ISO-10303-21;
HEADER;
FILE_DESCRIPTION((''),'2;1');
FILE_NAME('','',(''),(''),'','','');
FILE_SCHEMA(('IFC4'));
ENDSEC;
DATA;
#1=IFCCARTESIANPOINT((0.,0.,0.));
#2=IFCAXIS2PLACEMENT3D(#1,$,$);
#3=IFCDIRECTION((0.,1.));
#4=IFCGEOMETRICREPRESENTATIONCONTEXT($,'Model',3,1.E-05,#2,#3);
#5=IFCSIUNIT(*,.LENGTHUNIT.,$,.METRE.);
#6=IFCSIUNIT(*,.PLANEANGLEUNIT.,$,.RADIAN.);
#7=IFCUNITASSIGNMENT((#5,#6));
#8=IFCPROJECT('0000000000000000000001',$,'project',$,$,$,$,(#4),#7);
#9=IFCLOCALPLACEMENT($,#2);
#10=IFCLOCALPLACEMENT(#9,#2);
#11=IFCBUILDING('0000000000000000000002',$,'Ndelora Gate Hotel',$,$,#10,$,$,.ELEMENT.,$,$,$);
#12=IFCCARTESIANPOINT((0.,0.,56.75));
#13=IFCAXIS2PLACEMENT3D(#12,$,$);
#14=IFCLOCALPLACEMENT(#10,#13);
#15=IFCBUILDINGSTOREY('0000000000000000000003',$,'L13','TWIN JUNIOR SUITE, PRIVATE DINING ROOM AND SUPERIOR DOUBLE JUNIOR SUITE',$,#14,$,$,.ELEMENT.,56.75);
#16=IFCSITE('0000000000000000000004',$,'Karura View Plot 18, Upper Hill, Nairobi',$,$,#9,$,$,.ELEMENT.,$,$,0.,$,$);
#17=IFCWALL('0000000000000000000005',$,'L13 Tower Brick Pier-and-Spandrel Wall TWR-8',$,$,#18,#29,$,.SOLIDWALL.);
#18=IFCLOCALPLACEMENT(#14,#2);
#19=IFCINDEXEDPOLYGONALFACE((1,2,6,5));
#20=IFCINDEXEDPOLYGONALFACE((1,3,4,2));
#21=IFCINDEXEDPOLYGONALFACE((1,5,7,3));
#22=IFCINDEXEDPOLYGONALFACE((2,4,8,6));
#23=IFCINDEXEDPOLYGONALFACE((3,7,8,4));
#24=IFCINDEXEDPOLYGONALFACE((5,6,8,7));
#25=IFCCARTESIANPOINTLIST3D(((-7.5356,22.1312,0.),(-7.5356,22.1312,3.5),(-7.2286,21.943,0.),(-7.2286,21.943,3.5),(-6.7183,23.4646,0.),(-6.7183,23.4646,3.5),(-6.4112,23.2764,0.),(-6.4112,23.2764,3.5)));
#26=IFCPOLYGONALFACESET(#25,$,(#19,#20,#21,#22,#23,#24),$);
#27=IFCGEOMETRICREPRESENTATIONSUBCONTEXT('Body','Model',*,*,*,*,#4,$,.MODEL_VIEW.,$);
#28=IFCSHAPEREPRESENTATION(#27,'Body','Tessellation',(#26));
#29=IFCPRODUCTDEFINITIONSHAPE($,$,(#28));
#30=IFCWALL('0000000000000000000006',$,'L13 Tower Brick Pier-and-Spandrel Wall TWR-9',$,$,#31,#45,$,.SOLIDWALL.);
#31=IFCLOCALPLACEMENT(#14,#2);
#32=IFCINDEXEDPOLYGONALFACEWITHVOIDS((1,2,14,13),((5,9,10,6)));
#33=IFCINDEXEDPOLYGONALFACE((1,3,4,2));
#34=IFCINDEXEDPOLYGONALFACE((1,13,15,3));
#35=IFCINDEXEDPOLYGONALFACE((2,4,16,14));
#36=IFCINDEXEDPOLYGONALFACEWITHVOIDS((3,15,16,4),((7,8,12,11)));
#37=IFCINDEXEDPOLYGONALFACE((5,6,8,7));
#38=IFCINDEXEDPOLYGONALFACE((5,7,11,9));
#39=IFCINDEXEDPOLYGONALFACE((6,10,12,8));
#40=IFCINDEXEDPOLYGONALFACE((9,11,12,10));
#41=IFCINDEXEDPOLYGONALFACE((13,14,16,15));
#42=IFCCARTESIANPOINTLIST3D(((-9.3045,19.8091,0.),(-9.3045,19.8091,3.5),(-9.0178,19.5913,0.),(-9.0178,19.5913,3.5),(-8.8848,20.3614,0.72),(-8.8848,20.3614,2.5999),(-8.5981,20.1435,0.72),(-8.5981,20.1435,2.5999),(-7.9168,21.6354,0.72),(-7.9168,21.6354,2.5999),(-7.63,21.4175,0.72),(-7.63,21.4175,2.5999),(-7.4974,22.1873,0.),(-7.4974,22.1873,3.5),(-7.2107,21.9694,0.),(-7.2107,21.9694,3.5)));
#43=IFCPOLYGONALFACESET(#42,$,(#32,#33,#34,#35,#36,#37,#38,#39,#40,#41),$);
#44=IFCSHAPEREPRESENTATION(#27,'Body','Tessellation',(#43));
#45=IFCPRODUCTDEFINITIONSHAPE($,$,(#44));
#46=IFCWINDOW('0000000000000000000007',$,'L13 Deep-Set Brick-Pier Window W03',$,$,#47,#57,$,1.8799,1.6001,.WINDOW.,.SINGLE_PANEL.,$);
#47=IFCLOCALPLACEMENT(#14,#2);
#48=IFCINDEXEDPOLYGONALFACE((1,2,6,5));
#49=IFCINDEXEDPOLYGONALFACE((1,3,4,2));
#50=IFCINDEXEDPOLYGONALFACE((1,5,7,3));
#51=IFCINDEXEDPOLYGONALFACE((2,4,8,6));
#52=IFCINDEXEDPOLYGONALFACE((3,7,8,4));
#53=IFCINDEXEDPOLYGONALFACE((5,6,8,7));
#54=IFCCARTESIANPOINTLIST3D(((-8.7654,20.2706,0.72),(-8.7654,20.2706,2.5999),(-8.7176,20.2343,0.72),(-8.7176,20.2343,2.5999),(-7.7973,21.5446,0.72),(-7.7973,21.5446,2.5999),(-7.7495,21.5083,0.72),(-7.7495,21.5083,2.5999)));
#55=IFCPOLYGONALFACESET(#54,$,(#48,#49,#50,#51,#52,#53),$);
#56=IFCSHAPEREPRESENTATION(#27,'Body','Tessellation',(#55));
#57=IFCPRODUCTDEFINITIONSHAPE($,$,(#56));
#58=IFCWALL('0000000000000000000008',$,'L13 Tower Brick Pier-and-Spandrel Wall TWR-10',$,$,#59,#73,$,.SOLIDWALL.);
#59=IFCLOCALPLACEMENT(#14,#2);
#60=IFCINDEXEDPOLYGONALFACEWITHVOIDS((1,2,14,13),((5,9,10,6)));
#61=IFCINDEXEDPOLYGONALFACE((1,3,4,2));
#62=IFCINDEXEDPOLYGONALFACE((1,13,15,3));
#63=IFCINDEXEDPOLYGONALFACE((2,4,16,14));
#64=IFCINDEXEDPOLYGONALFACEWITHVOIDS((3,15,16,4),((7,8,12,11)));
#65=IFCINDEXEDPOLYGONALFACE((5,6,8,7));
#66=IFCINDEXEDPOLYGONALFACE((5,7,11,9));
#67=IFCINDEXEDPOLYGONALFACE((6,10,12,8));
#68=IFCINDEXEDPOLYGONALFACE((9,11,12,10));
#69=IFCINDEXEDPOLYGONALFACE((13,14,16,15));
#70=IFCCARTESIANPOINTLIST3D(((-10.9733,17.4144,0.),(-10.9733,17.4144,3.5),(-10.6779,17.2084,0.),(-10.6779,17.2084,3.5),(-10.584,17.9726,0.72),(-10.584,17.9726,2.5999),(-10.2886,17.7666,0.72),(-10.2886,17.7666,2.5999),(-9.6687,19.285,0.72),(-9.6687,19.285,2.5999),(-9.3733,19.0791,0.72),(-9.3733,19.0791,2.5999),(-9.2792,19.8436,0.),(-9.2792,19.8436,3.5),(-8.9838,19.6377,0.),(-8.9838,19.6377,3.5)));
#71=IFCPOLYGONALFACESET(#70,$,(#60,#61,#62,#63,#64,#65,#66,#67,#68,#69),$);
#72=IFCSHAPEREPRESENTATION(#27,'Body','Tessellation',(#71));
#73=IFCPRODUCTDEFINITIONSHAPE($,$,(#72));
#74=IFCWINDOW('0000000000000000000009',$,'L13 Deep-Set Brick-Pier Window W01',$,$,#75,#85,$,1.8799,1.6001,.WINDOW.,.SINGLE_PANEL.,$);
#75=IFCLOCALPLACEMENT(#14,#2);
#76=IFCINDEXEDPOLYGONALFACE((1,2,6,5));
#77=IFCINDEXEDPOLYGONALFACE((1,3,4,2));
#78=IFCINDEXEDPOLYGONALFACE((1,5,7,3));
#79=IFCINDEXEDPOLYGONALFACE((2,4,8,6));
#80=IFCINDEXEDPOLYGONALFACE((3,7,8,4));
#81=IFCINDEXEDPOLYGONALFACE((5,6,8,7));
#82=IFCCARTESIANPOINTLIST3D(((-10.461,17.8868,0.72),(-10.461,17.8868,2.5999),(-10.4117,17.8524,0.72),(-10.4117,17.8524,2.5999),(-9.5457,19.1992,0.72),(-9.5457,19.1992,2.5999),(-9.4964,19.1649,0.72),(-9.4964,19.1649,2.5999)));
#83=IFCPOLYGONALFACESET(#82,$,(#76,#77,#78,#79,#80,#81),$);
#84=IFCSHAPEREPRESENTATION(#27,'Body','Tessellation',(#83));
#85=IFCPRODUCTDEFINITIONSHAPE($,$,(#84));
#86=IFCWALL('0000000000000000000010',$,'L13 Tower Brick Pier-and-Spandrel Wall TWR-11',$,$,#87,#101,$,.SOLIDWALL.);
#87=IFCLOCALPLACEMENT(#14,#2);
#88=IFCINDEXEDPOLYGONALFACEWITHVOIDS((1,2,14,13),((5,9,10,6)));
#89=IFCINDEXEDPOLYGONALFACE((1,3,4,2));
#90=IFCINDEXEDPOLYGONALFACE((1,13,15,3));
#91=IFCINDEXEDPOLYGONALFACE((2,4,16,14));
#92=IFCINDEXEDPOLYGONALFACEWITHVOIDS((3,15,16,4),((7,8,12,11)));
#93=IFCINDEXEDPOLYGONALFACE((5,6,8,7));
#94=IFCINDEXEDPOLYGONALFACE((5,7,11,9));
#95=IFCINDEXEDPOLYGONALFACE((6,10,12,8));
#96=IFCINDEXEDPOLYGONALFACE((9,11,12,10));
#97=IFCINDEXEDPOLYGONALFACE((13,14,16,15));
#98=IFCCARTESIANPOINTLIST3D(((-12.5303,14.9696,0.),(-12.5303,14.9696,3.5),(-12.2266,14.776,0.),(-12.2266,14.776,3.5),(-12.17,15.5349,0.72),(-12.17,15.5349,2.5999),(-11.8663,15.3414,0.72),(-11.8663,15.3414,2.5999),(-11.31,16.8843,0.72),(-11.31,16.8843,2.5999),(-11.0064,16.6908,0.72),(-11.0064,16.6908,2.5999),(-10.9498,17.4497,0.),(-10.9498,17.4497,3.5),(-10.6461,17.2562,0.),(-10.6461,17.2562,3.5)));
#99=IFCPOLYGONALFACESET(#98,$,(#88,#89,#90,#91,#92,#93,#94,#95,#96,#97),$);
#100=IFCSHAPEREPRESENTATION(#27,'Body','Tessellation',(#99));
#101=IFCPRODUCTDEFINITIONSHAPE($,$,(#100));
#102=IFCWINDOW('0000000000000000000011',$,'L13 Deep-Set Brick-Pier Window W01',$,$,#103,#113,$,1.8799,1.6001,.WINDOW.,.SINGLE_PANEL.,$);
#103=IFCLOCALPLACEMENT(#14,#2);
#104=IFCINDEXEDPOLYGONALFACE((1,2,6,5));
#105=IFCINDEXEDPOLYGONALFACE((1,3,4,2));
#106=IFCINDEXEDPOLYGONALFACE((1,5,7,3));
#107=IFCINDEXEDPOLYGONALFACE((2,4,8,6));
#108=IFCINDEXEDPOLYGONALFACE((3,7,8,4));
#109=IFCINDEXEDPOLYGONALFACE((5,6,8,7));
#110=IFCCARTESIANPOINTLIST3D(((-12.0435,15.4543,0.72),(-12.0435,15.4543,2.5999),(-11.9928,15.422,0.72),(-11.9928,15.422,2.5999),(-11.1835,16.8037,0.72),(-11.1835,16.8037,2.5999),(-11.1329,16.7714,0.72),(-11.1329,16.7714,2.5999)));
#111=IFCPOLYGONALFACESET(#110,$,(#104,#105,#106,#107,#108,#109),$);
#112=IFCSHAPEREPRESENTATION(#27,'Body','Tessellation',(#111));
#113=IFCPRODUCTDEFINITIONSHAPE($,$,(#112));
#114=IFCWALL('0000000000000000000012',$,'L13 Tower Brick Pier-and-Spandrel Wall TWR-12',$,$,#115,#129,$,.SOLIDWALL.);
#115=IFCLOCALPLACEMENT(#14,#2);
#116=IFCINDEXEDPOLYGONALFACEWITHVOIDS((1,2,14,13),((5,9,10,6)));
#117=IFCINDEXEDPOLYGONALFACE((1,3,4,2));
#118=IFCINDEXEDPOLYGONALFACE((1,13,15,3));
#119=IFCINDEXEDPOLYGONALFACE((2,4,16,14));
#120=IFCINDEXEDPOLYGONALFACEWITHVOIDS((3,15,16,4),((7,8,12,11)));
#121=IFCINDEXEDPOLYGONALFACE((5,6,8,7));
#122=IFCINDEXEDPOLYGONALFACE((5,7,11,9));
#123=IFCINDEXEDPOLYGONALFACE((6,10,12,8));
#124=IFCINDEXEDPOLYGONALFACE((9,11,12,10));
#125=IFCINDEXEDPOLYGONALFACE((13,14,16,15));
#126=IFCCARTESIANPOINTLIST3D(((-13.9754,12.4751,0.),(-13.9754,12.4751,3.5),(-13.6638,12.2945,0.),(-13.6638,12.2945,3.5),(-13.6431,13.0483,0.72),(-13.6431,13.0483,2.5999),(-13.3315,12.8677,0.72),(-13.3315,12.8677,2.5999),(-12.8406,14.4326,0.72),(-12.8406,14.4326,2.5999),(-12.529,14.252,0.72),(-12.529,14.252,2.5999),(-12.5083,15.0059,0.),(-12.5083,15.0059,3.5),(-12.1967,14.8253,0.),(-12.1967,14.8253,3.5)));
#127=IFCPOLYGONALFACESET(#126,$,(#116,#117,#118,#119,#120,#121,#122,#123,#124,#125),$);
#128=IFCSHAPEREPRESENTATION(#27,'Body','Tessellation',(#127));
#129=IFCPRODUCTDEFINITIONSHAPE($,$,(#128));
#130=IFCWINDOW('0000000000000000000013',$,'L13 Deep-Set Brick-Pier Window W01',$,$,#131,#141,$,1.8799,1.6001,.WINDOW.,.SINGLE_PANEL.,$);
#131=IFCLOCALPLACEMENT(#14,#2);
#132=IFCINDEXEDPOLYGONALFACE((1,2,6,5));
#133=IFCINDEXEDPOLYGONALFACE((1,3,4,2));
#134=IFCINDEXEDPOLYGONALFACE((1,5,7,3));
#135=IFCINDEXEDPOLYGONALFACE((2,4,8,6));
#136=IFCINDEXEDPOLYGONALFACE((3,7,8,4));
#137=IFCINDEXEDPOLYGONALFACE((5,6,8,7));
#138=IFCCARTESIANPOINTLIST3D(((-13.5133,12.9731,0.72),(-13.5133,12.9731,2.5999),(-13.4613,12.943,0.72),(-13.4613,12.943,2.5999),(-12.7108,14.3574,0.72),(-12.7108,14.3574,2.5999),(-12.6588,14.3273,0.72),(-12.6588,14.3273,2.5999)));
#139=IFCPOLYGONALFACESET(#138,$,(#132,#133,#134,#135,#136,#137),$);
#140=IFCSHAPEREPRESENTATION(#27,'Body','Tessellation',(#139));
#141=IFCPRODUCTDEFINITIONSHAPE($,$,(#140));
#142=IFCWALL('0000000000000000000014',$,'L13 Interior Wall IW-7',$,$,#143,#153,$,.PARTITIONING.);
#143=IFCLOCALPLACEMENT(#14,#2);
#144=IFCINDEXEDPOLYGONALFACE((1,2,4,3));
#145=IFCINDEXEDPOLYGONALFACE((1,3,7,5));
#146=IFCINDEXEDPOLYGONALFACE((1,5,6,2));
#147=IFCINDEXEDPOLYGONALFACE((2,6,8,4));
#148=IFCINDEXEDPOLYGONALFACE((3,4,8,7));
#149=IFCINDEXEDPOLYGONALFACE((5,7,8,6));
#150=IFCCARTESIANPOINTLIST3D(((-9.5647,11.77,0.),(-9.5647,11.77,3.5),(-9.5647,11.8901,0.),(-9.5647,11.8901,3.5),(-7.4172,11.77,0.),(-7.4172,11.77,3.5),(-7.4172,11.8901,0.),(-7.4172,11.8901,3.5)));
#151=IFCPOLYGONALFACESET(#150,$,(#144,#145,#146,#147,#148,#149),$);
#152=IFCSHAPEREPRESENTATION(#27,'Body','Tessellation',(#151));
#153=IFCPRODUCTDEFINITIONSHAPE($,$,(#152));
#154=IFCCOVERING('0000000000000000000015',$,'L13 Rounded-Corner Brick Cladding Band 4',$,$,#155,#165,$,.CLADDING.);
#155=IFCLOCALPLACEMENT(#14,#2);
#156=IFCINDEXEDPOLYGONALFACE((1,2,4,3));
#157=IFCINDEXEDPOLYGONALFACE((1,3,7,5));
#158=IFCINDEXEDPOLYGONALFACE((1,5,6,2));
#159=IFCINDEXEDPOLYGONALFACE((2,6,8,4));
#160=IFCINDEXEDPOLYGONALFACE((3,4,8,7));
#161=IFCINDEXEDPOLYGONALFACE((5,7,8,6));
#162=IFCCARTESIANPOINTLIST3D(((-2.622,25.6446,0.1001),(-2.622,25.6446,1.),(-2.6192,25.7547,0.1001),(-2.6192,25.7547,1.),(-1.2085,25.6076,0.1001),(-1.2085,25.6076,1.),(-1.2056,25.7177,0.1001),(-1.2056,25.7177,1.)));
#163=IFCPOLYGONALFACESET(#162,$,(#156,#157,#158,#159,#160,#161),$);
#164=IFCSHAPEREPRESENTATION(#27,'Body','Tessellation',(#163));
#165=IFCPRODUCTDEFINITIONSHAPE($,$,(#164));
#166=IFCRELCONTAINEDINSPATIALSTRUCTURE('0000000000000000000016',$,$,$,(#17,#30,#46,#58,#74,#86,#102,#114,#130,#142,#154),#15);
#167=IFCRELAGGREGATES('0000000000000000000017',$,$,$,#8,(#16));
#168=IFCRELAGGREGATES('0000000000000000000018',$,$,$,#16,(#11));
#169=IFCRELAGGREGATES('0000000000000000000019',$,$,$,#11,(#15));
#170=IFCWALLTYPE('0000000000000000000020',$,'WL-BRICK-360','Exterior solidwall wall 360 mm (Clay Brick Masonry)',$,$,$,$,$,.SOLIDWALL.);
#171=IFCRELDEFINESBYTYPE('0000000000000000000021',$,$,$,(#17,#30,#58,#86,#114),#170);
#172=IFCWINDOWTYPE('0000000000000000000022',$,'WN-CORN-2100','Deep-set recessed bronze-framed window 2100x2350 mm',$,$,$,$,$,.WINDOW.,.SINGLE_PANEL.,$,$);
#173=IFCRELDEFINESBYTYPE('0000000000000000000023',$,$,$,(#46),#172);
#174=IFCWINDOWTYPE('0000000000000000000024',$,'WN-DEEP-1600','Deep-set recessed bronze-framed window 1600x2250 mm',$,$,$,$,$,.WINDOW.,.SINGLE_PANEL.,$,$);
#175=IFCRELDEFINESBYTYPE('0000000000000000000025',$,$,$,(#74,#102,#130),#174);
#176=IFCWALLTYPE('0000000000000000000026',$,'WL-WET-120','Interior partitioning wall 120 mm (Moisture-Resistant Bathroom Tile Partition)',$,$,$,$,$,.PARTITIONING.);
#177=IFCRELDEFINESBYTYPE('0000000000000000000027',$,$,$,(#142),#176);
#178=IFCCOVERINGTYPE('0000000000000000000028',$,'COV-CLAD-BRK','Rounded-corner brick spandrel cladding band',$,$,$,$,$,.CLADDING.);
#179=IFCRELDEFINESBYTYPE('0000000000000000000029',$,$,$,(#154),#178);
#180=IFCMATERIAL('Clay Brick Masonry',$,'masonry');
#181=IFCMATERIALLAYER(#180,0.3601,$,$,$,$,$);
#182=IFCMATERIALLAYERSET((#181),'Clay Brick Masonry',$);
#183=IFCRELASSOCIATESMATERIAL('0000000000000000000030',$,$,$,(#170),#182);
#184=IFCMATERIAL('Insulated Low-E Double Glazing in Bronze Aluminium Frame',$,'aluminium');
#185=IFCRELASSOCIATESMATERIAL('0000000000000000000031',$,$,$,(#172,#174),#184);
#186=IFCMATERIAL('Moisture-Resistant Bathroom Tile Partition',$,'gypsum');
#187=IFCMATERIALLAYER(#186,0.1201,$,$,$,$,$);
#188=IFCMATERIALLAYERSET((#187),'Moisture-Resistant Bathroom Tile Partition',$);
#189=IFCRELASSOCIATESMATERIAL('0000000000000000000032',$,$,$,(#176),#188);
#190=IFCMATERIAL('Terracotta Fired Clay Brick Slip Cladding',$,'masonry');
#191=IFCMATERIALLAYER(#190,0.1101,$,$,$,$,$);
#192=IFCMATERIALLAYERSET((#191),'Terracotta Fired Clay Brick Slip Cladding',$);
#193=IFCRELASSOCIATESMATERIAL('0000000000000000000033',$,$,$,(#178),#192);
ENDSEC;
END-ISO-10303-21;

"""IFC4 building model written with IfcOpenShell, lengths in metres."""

from ifc_helpers import new_model, si_unit, direction, frame, frame_2d, origin, origin_2d, place, context, subcontext, project, spatial, rectangle, extrude, material, layer, layer_set, type_object, element, fill, save


model = new_model("IFC4")

# Units and contexts
model_context = context("Model", 3, precision=1e-05, world=origin(), true_north=direction((0.0, 1.0)))
body_context = subcontext(model_context, "Body", "Model", "MODEL_VIEW")
ifc_project = project(units=[si_unit("LENGTHUNIT", "METRE"), si_unit("PLANEANGLEUNIT", "RADIAN")], contexts=[model_context])

# Site, building, storey
site_placement = place(None, origin())
site = spatial("IfcSite", under=ifc_project, at=site_placement, Name="Karura View Plot 18, Upper Hill, Nairobi", CompositionType="ELEMENT", RefElevation=0.0)
building_placement = place(site_placement, origin())
building = spatial("IfcBuilding", under=site, at=building_placement, Name="Ndelora Gate Hotel", CompositionType="ELEMENT")
storey_placement = place(building_placement, frame((0.0, 0.0, 56.75)))
storey = spatial("IfcBuildingStorey", under=building, at=storey_placement, Name="L13", Description="TWIN JUNIOR SUITE, PRIVATE DINING ROOM AND SUPERIOR DOUBLE JUNIOR SUITE", CompositionType="ELEMENT", Elevation=56.75)

# Wall
ifc_material_1 = material(Name="Clay Brick Masonry", Category="masonry")
ifc_layer_1 = layer(ifc_material_1, 0.3601)
ifc_layer_set_1 = layer_set([ifc_layer_1], Name="Clay Brick Masonry")
wall_type_1 = type_object("IfcWallType", Name="WL-BRICK-360", Description="Exterior solidwall wall 360 mm (Clay Brick Masonry)", PredefinedType="SOLIDWALL", material=ifc_layer_set_1)
for number, where, z_axis, x_axis, name in (
    (1, (-7.3821, 22.0371, 0.0), (0.0, 0.0, 1.0), (0.522599, 0.852579, 0.0), "L13 Tower Brick Pier-and-Spandrel Wall TWR-8"),
):
    element("IfcWall", number, at=place(storey_placement, frame(where, z_axis=z_axis, x_axis=x_axis)), inside=storey, type_object=wall_type_1, Name=name, PredefinedType="SOLIDWALL", context=body_context, shape_type="SweptSolid", body=[
        extrude(rectangle(XDim=1.564, YDim=0.3601, at=frame_2d((0.782, 0.0))), origin(), (0.0, 0.0, 1.0), 3.5),
    ])

# Walls, openings, windows
wall_1_placement = place(storey_placement, frame((-9.1611, 19.7002, 0.0), z_axis=(0.0, 0.0, 1.0), x_axis=(0.605023, 0.796208, 0.0)))
wall_1 = element("IfcWall", 2, at=wall_1_placement, inside=storey, type_object=wall_type_1, Name="L13 Tower Brick Pier-and-Spandrel Wall TWR-9", PredefinedType="SOLIDWALL", context=body_context, shape_type="SweptSolid", body=[
    extrude(rectangle(XDim=2.9868, YDim=0.3601, at=frame_2d((1.4934, 0.0))), origin(), (0.0, 0.0, 1.0), 3.5),
])
opening_1_placement = place(wall_1_placement, frame((0.6936, 0.0, 0.72)))
opening_1 = element("IfcOpeningElement", 3, at=opening_1_placement, cuts=wall_1, PredefinedType="OPENING", context=body_context, shape_type="SweptSolid", body=[
    extrude(rectangle(XDim=1.6001, YDim=1.8799, at=frame_2d((0.8, 0.9399))), frame((0.0, 0.1899, 0.0), z_axis=(0.0, -1.0, 0.0), x_axis=(1.0, 0.0, 0.0)), (0.0, 0.0, 1.0), 0.3801),
])
ifc_material_2 = material(Name="Insulated Low-E Double Glazing in Bronze Aluminium Frame", Category="aluminium")
window_type_1 = type_object("IfcWindowType", Name="WN-CORN-2100", Description="Deep-set recessed bronze-framed window 2100x2350 mm", PartitioningType="SINGLE_PANEL", PredefinedType="WINDOW", material=ifc_material_2)
window_1_placement = place(opening_1_placement, origin())
window_1 = element("IfcWindow", 4, at=window_1_placement, inside=storey, type_object=window_type_1, Name="L13 Deep-Set Brick-Pier Window W03", OverallHeight=1.8799, OverallWidth=1.6001, PartitioningType="SINGLE_PANEL", PredefinedType="WINDOW", context=body_context, shape_type="SweptSolid", body=[
    extrude(rectangle(XDim=1.6001, YDim=1.8799, at=frame_2d((0.8, 0.9399))), frame((0.0, 0.03, 0.0), z_axis=(0.0, -1.0, 0.0), x_axis=(1.0, 0.0, 0.0)), (0.0, 0.0, 1.0), 0.0601),
])
fill(opening_1, window_1)
wall_2_placement = place(storey_placement, frame((-10.8257, 17.3113, 0.0), z_axis=(0.0, 0.0, 1.0), x_axis=(0.572023, 0.820238, 0.0)))
wall_2 = element("IfcWall", 5, at=wall_2_placement, inside=storey, type_object=wall_type_1, Name="L13 Tower Brick Pier-and-Spandrel Wall TWR-10", PredefinedType="SOLIDWALL", context=body_context, shape_type="SweptSolid", body=[
    extrude(rectangle(XDim=2.9617, YDim=0.3601, at=frame_2d((1.481, 0.0))), origin(), (0.0, 0.0, 1.0), 3.5),
])
opening_2_placement = place(wall_2_placement, frame((0.6807, 0.0, 0.72)))
opening_2 = element("IfcOpeningElement", 6, at=opening_2_placement, cuts=wall_2, PredefinedType="OPENING", context=body_context, shape_type="SweptSolid", body=[
    extrude(rectangle(XDim=1.6001, YDim=1.8799, at=frame_2d((0.8, 0.9399))), frame((0.0, 0.1899, 0.0), z_axis=(0.0, -1.0, 0.0), x_axis=(1.0, 0.0, 0.0)), (0.0, 0.0, 1.0), 0.3801),
])
window_type_2 = type_object("IfcWindowType", Name="WN-DEEP-1600", Description="Deep-set recessed bronze-framed window 1600x2250 mm", PartitioningType="SINGLE_PANEL", PredefinedType="WINDOW", material=ifc_material_2)
window_2_placement = place(opening_2_placement, origin())
window_2 = element("IfcWindow", 7, at=window_2_placement, inside=storey, type_object=window_type_2, Name="L13 Deep-Set Brick-Pier Window W01", OverallHeight=1.8799, OverallWidth=1.6001, PartitioningType="SINGLE_PANEL", PredefinedType="WINDOW", context=body_context, shape_type="SweptSolid", body=[
    extrude(rectangle(XDim=1.6001, YDim=1.8799, at=frame_2d((0.8, 0.9399))), frame((0.0, 0.03, 0.0), z_axis=(0.0, -1.0, 0.0), x_axis=(1.0, 0.0, 0.0)), (0.0, 0.0, 1.0), 0.0601),
])
fill(opening_2, window_2)
wall_3_placement = place(storey_placement, frame((-12.3784, 14.8728, 0.0), z_axis=(0.0, 0.0, 1.0), x_axis=(0.537418, 0.843316, 0.0)))
wall_3 = element("IfcWall", 8, at=wall_3_placement, inside=storey, type_object=wall_type_1, Name="L13 Tower Brick Pier-and-Spandrel Wall TWR-11", PredefinedType="SOLIDWALL", context=body_context, shape_type="SweptSolid", body=[
    extrude(rectangle(XDim=2.9409, YDim=0.3601, at=frame_2d((1.4705, 0.0))), origin(), (0.0, 0.0, 1.0), 3.5),
])
opening_3_placement = place(wall_3_placement, frame((0.6704, 0.0, 0.72)))
opening_3 = element("IfcOpeningElement", 9, at=opening_3_placement, cuts=wall_3, PredefinedType="OPENING", context=body_context, shape_type="SweptSolid", body=[
    extrude(rectangle(XDim=1.6001, YDim=1.8799, at=frame_2d((0.8, 0.9399))), frame((0.0, 0.1899, 0.0), z_axis=(0.0, -1.0, 0.0), x_axis=(1.0, 0.0, 0.0)), (0.0, 0.0, 1.0), 0.3801),
])
window_3_placement = place(opening_3_placement, origin())
window_3 = element("IfcWindow", 10, at=window_3_placement, inside=storey, type_object=window_type_2, Name="L13 Deep-Set Brick-Pier Window W01", OverallHeight=1.8799, OverallWidth=1.6001, PartitioningType="SINGLE_PANEL", PredefinedType="WINDOW", context=body_context, shape_type="SweptSolid", body=[
    extrude(rectangle(XDim=1.6001, YDim=1.8799, at=frame_2d((0.8, 0.9399))), frame((0.0, 0.03, 0.0), z_axis=(0.0, -1.0, 0.0), x_axis=(1.0, 0.0, 0.0)), (0.0, 0.0, 1.0), 0.0601),
])
fill(opening_3, window_3)
wall_4_placement = place(storey_placement, frame((-13.8196, 12.3848, 0.0), z_axis=(0.0, 0.0, 1.0), x_axis=(0.501513, 0.86515, 0.0)))
wall_4 = element("IfcWall", 11, at=wall_4_placement, inside=storey, type_object=wall_type_1, Name="L13 Tower Brick Pier-and-Spandrel Wall TWR-12", PredefinedType="SOLIDWALL", context=body_context, shape_type="SweptSolid", body=[
    extrude(rectangle(XDim=2.9253, YDim=0.3601, at=frame_2d((1.4626, 0.0))), origin(), (0.0, 0.0, 1.0), 3.5),
])
opening_4_placement = place(wall_4_placement, frame((0.6626, 0.0, 0.72)))
opening_4 = element("IfcOpeningElement", 12, at=opening_4_placement, cuts=wall_4, PredefinedType="OPENING", context=body_context, shape_type="SweptSolid", body=[
    extrude(rectangle(XDim=1.6001, YDim=1.8799, at=frame_2d((0.8, 0.9399))), frame((0.0, 0.1899, 0.0), z_axis=(0.0, -1.0, 0.0), x_axis=(1.0, 0.0, 0.0)), (0.0, 0.0, 1.0), 0.3801),
])
window_4_placement = place(opening_4_placement, origin())
window_4 = element("IfcWindow", 13, at=window_4_placement, inside=storey, type_object=window_type_2, Name="L13 Deep-Set Brick-Pier Window W01", OverallHeight=1.8799, OverallWidth=1.6001, PartitioningType="SINGLE_PANEL", PredefinedType="WINDOW", context=body_context, shape_type="SweptSolid", body=[
    extrude(rectangle(XDim=1.6001, YDim=1.8799, at=frame_2d((0.8, 0.9399))), frame((0.0, 0.03, 0.0), z_axis=(0.0, -1.0, 0.0), x_axis=(1.0, 0.0, 0.0)), (0.0, 0.0, 1.0), 0.0601),
])
fill(opening_4, window_4)

# Wall
ifc_material_3 = material(Name="Moisture-Resistant Bathroom Tile Partition", Category="gypsum")
ifc_layer_2 = layer(ifc_material_3, 0.1201)
ifc_layer_set_2 = layer_set([ifc_layer_2], Name="Moisture-Resistant Bathroom Tile Partition")
wall_type_2 = type_object("IfcWallType", Name="WL-WET-120", Description="Interior partitioning wall 120 mm (Moisture-Resistant Bathroom Tile Partition)", PredefinedType="PARTITIONING", material=ifc_layer_set_2)
wall_5_placement = place(storey_placement, frame((-7.4172, 11.8301, 0.0), z_axis=(0.0, 0.0, 1.0), x_axis=(-1.0, 0.0, 0.0)))
element("IfcWall", 14, at=wall_5_placement, inside=storey, type_object=wall_type_2, Name="L13 Interior Wall IW-7", PredefinedType="PARTITIONING", context=body_context, shape_type="SweptSolid", body=[
    extrude(rectangle(XDim=2.1475, YDim=0.1201, at=frame_2d((1.0737, 0.0))), origin(), (0.0, 0.0, 1.0), 3.5),
])

# Covering
ifc_material_4 = material(Name="Terracotta Fired Clay Brick Slip Cladding", Category="masonry")
ifc_layer_3 = layer(ifc_material_4, 0.1101)
ifc_layer_set_3 = layer_set([ifc_layer_3], Name="Terracotta Fired Clay Brick Slip Cladding")
covering_type_1 = type_object("IfcCoveringType", Name="COV-CLAD-BRK", Description="Rounded-corner brick spandrel cladding band", PredefinedType="CLADDING", material=ifc_layer_set_3)
for number, where, z_axis, x_axis, name in (
    (15, (-1.9138, 25.6812, 0.1001), (0.0, 0.0, 1.0), (-0.999657, 0.026177, 0.0), "L13 Rounded-Corner Brick Cladding Band 4"),
):
    element("IfcCovering", number, at=place(storey_placement, frame(where, z_axis=z_axis, x_axis=x_axis)), inside=storey, type_object=covering_type_1, Name=name, PredefinedType="CLADDING", context=body_context, shape_type="SweptSolid", body=[
        extrude(rectangle(XDim=1.4141, YDim=0.1101, at=origin_2d()), origin(), (0.0, 0.0, 1.0), 0.8999),
    ])

save(model, "model.ifc")
